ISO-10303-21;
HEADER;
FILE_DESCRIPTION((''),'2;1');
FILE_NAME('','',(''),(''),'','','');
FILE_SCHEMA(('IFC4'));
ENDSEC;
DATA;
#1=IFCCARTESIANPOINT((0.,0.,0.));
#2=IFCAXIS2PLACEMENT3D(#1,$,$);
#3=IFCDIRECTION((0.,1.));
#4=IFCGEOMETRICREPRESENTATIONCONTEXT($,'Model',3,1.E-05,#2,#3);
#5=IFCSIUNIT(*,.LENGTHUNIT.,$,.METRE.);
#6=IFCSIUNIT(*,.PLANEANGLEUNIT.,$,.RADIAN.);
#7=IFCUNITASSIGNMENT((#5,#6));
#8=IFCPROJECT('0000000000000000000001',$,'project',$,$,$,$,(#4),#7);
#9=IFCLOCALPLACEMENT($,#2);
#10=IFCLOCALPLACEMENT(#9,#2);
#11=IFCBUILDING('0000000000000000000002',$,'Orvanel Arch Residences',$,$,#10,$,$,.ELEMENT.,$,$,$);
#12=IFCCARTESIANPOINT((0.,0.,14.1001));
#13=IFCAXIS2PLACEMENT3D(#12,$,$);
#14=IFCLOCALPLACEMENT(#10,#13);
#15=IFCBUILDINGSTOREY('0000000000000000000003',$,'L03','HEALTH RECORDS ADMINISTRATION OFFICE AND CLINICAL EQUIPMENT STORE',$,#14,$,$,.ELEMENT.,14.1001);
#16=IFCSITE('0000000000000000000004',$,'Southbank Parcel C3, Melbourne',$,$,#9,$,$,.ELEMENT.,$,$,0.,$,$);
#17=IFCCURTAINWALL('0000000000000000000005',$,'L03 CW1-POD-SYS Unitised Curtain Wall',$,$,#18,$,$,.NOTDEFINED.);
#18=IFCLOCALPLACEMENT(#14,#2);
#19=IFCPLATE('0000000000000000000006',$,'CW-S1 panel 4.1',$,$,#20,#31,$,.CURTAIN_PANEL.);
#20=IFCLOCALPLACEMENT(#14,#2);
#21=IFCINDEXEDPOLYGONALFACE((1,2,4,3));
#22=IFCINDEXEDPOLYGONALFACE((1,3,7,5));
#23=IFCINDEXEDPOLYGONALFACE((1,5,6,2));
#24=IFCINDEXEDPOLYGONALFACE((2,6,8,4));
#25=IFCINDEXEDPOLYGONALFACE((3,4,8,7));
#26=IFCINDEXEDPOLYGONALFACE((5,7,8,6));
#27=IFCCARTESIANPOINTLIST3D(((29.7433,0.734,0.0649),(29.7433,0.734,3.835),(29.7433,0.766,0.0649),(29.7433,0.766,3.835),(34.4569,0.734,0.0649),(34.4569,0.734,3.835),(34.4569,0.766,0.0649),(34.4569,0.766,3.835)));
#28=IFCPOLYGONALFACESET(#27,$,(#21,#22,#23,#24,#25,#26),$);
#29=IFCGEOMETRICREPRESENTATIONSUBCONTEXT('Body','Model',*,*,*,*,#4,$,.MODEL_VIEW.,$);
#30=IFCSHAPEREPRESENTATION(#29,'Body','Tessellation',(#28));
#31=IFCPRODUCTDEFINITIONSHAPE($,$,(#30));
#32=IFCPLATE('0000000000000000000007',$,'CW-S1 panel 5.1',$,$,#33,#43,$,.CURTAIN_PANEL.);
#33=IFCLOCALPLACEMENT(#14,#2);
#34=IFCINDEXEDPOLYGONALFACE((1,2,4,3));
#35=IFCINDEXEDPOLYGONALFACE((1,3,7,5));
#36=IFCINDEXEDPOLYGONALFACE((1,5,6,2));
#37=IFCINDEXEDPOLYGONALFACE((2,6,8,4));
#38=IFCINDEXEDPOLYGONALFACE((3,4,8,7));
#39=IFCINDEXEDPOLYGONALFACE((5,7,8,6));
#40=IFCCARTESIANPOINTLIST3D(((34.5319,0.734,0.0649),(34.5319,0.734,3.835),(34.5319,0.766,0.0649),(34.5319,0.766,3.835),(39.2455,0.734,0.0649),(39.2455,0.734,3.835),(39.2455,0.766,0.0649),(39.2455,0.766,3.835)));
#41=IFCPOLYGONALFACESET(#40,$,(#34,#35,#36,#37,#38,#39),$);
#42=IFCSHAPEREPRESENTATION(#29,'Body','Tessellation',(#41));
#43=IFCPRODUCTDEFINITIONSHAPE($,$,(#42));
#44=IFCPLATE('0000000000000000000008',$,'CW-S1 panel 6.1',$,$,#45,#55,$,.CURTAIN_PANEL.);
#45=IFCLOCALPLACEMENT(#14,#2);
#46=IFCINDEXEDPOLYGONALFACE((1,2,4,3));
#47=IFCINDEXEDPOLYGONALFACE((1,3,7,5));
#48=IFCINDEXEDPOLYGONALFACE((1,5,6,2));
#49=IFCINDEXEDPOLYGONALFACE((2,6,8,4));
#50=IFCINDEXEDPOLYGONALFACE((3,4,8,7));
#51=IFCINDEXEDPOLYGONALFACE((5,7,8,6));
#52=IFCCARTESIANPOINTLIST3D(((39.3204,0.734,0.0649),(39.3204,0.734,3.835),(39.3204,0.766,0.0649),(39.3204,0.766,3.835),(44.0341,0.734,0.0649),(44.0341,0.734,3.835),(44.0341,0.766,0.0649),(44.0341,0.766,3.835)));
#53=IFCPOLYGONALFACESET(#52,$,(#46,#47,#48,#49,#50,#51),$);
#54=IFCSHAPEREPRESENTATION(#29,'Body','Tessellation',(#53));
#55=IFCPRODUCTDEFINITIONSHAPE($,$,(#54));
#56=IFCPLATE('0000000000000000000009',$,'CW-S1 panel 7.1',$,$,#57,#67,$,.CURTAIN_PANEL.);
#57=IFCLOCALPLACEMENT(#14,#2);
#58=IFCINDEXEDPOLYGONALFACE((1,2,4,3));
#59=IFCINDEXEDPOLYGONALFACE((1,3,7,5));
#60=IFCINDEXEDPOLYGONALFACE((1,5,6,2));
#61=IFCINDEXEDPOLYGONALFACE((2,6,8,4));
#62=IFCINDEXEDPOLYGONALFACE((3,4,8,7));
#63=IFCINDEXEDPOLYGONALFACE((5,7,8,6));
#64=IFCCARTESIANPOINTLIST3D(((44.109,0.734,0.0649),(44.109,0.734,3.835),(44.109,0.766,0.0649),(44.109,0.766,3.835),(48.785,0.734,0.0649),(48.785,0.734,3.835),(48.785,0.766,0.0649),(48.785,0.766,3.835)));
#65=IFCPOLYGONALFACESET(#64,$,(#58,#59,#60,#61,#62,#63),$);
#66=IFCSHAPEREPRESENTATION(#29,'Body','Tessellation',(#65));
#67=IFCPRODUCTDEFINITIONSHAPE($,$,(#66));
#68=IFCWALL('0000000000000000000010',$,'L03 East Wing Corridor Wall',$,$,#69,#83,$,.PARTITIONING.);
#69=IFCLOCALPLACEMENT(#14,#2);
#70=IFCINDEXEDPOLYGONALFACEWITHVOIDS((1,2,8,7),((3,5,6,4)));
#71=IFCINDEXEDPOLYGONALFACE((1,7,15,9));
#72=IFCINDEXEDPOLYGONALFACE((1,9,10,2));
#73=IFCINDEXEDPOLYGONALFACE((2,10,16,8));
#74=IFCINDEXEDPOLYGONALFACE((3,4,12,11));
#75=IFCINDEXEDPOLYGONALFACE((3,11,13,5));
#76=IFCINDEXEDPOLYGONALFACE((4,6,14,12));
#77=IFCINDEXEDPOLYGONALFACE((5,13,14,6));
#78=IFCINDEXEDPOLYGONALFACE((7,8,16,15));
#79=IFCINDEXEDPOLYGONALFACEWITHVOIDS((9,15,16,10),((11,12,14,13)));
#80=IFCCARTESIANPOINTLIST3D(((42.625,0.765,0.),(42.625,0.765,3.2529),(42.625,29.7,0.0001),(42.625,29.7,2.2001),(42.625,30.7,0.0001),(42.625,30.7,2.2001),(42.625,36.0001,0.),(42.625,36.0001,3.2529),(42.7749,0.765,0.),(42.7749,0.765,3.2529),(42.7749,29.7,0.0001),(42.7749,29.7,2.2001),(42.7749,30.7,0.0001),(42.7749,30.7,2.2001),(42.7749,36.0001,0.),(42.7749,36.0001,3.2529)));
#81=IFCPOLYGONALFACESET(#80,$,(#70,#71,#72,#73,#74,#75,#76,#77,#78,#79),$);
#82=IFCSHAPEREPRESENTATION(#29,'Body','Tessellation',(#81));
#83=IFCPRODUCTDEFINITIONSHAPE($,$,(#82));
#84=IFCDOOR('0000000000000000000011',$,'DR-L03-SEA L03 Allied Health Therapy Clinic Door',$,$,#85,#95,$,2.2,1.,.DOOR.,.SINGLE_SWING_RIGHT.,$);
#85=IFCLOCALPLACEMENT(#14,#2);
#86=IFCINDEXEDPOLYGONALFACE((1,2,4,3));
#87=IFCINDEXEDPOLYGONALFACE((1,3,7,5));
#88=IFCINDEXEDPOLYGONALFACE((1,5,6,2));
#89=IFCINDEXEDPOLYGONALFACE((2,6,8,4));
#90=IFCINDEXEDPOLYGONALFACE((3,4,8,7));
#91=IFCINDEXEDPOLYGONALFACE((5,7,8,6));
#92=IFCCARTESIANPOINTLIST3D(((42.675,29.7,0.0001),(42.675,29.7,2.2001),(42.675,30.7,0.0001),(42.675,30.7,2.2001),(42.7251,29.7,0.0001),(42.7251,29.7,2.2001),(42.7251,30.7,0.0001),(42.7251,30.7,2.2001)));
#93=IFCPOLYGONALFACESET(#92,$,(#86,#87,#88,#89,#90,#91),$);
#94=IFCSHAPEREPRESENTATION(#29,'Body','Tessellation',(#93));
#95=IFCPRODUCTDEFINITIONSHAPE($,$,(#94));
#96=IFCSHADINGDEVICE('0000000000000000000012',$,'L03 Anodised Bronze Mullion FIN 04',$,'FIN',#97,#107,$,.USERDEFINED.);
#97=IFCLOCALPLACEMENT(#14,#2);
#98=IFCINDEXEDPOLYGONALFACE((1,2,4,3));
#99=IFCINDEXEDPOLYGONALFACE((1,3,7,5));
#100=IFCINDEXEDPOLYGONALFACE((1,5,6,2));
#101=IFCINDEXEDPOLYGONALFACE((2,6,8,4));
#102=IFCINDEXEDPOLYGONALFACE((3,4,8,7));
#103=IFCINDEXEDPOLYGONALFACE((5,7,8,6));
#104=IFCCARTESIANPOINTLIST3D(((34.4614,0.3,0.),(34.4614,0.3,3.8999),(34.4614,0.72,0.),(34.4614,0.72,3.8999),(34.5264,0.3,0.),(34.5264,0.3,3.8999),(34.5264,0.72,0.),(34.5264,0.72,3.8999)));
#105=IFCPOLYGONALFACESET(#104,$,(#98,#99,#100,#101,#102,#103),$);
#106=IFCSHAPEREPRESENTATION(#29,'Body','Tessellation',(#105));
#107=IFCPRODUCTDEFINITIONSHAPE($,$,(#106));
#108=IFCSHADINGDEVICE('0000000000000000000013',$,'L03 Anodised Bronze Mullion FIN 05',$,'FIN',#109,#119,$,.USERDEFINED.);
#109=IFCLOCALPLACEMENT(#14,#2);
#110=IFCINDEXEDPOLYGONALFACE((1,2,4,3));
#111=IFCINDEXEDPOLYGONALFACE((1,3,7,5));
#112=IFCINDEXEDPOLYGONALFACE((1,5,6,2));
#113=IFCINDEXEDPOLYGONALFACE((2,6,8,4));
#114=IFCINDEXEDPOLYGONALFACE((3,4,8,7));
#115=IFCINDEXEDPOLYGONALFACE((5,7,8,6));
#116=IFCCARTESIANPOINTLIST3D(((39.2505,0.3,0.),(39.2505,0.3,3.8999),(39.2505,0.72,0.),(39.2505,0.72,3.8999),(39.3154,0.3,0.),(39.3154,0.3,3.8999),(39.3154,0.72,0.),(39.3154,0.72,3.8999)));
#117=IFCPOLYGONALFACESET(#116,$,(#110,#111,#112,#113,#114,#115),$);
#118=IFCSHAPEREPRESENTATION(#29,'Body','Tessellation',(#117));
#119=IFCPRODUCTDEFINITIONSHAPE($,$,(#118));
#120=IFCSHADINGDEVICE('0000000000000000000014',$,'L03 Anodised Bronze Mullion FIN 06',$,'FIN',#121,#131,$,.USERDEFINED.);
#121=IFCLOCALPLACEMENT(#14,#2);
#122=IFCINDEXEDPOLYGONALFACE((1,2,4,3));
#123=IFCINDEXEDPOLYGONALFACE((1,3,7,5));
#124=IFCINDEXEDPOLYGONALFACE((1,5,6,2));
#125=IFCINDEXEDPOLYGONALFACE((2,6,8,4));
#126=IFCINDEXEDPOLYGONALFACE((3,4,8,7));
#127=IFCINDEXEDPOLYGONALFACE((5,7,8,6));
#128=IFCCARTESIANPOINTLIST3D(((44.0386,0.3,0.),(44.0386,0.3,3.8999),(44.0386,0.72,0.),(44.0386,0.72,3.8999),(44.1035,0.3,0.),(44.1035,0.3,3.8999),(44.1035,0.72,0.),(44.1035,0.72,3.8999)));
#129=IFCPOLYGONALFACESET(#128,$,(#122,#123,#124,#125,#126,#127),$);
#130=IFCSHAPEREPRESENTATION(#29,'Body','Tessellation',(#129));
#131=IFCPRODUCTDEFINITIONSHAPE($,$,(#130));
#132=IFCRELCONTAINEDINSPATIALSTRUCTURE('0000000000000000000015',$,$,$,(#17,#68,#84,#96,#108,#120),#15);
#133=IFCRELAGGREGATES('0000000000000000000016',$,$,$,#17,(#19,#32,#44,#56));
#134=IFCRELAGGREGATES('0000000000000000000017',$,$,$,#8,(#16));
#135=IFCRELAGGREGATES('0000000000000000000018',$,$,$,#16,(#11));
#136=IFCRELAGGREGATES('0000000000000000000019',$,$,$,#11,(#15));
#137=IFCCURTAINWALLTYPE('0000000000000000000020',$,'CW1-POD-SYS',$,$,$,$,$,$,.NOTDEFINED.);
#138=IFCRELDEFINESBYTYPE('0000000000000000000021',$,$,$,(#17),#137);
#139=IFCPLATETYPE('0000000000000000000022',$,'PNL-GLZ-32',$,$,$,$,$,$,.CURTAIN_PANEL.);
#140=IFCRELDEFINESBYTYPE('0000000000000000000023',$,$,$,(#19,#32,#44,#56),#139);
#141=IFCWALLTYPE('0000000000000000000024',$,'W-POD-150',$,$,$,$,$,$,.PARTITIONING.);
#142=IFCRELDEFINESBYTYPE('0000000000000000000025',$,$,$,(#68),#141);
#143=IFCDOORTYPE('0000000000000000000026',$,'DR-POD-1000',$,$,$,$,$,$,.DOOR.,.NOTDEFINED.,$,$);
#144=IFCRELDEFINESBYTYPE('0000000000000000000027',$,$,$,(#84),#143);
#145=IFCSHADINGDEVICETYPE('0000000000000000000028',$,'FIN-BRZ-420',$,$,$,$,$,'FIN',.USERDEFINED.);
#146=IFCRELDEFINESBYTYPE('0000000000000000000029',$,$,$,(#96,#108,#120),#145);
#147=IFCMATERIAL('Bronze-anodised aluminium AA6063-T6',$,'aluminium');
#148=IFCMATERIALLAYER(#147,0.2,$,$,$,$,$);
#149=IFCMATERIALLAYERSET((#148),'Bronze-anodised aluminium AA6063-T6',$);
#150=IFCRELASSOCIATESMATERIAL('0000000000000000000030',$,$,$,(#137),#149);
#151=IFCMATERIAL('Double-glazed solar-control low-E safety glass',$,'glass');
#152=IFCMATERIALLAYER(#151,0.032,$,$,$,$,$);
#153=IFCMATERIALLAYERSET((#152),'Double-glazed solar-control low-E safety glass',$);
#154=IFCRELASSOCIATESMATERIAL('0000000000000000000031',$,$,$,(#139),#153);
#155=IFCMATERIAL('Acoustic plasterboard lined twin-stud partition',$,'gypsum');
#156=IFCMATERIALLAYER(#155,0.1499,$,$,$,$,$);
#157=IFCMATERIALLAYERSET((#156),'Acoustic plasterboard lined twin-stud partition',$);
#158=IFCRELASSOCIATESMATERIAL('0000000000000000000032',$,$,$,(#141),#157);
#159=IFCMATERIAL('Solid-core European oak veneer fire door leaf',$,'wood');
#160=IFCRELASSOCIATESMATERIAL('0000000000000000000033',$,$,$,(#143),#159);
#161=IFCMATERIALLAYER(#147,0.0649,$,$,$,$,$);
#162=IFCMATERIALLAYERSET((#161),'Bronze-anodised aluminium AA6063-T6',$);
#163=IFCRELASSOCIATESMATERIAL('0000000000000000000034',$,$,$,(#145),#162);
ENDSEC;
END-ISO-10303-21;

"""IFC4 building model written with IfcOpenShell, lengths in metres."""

from ifc_helpers import new_model, si_unit, direction, frame, frame_2d, origin, origin_2d, place, context, subcontext, project, spatial, rectangle, extrude, material, layer, layer_set, type_object, element, fill, aggregate, save


model = new_model("IFC4")

# Units and contexts
model_context = context("Model", 3, precision=1e-05, world=origin(), true_north=direction((0.0, 1.0)))
body_context = subcontext(model_context, "Body", "Model", "MODEL_VIEW")
ifc_project = project(units=[si_unit("LENGTHUNIT", "METRE"), si_unit("PLANEANGLEUNIT", "RADIAN")], contexts=[model_context])

# Site, building, storey
site_placement = place(None, origin())
site = spatial("IfcSite", under=ifc_project, at=site_placement, Name="Southbank Parcel C3, Melbourne", CompositionType="ELEMENT", RefElevation=0.0)
building_placement = place(site_placement, origin())
building = spatial("IfcBuilding", under=site, at=building_placement, Name="Orvanel Arch Residences", CompositionType="ELEMENT")
storey_placement = place(building_placement, frame((0.0, 0.0, 14.1001)))
storey = spatial("IfcBuildingStorey", under=building, at=storey_placement, Name="L03", Description="HEALTH RECORDS ADMINISTRATION OFFICE AND CLINICAL EQUIPMENT STORE", CompositionType="ELEMENT", Elevation=14.1001)

# Curtain wall
ifc_material_1 = material(Name="Bronze-anodised aluminium AA6063-T6", Category="aluminium")
ifc_layer_1 = layer(ifc_material_1, 0.2)
ifc_layer_set_1 = layer_set([ifc_layer_1], Name="Bronze-anodised aluminium AA6063-T6")
curtain_wall_type = type_object("IfcCurtainWallType", Name="CW1-POD-SYS", PredefinedType="NOTDEFINED", material=ifc_layer_set_1)
curtain_wall_placement = place(storey_placement, origin())
curtain_wall = element("IfcCurtainWall", 1, at=curtain_wall_placement, inside=storey, type_object=curtain_wall_type, Name="L03 CW1-POD-SYS Unitised Curtain Wall", PredefinedType="NOTDEFINED")

# Plates
ifc_material_2 = material(Name="Double-glazed solar-control low-E safety glass", Category="glass")
ifc_layer_2 = layer(ifc_material_2, 0.032)
ifc_layer_set_2 = layer_set([ifc_layer_2], Name="Double-glazed solar-control low-E safety glass")
plate_type_1 = type_object("IfcPlateType", Name="PNL-GLZ-32", PredefinedType="CURTAIN_PANEL", material=ifc_layer_set_2)
plate_1_placement = place(storey_placement, frame((32.1001, 0.75, 0.0649), z_axis=(0.0, 0.0, 1.0), x_axis=(1.0, 0.0, 0.0)))
plate_1 = element("IfcPlate", 2, at=plate_1_placement, type_object=plate_type_1, Name="CW-S1 panel 4.1", PredefinedType="CURTAIN_PANEL", context=body_context, shape_type="SweptSolid", body=[
    extrude(rectangle(XDim=4.7136, YDim=0.032, at=origin_2d()), origin(), (0.0, 0.0, 1.0), 3.77),
])
plate_2_placement = place(storey_placement, frame((36.8887, 0.75, 0.0649), z_axis=(0.0, 0.0, 1.0), x_axis=(1.0, 0.0, 0.0)))
plate_2 = element("IfcPlate", 3, at=plate_2_placement, type_object=plate_type_1, Name="CW-S1 panel 5.1", PredefinedType="CURTAIN_PANEL", context=body_context, shape_type="SweptSolid", body=[
    extrude(rectangle(XDim=4.7136, YDim=0.032, at=origin_2d()), origin(), (0.0, 0.0, 1.0), 3.77),
])
plate_3_placement = place(storey_placement, frame((41.6772, 0.75, 0.0649), z_axis=(0.0, 0.0, 1.0), x_axis=(1.0, 0.0, 0.0)))
plate_3 = element("IfcPlate", 4, at=plate_3_placement, type_object=plate_type_1, Name="CW-S1 panel 6.1", PredefinedType="CURTAIN_PANEL", context=body_context, shape_type="SweptSolid", body=[
    extrude(rectangle(XDim=4.7136, YDim=0.032, at=origin_2d()), origin(), (0.0, 0.0, 1.0), 3.77),
])
plate_4_placement = place(storey_placement, frame((46.447, 0.75, 0.0649), z_axis=(0.0, 0.0, 1.0), x_axis=(1.0, 0.0, 0.0)))
plate_4 = element("IfcPlate", 5, at=plate_4_placement, type_object=plate_type_1, Name="CW-S1 panel 7.1", PredefinedType="CURTAIN_PANEL", context=body_context, shape_type="SweptSolid", body=[
    extrude(rectangle(XDim=4.676, YDim=0.032, at=origin_2d()), origin(), (0.0, 0.0, 1.0), 3.77),
])
aggregate(curtain_wall, [plate_1, plate_2, plate_3, plate_4])

# Wall, opening, door
ifc_material_3 = material(Name="Acoustic plasterboard lined twin-stud partition", Category="gypsum")
ifc_layer_3 = layer(ifc_material_3, 0.1499)
ifc_layer_set_3 = layer_set([ifc_layer_3], Name="Acoustic plasterboard lined twin-stud partition")
wall_type = type_object("IfcWallType", Name="W-POD-150", PredefinedType="PARTITIONING", material=ifc_layer_set_3)
wall_placement = place(storey_placement, frame((42.7, 0.7649, 0.0), z_axis=(0.0, 0.0, 1.0), x_axis=(0.0, 1.0, 0.0)))
wall = element("IfcWall", 6, at=wall_placement, inside=storey, type_object=wall_type, Name="L03 East Wing Corridor Wall", PredefinedType="PARTITIONING", context=body_context, shape_type="SweptSolid", body=[
    extrude(rectangle(XDim=35.2351, YDim=0.1499, at=frame_2d((17.6177, 0.0))), origin(), (0.0, 0.0, 1.0), 3.2529),
])
opening_placement = place(wall_placement, frame((28.9351, 0.0, 0.0)))
opening = element("IfcOpeningElement", 7, at=opening_placement, cuts=wall, PredefinedType="OPENING", context=body_context, shape_type="SweptSolid", body=[
    extrude(rectangle(XDim=1.0, YDim=2.2, at=frame_2d((0.5, 1.1001))), frame((0.0, 0.085, 0.0), z_axis=(0.0, -1.0, 0.0), x_axis=(1.0, 0.0, 0.0)), (0.0, 0.0, 1.0), 0.1699),
])
ifc_material_4 = material(Name="Solid-core European oak veneer fire door leaf", Category="wood")
door_type = type_object("IfcDoorType", Name="DR-POD-1000", OperationType="NOTDEFINED", PredefinedType="DOOR", material=ifc_material_4)
door_placement = place(opening_placement, origin())
door = element("IfcDoor", 8, at=door_placement, inside=storey, type_object=door_type, Name="DR-L03-SEA L03 Allied Health Therapy Clinic Door", OperationType="SINGLE_SWING_RIGHT", OverallHeight=2.2, OverallWidth=1.0, PredefinedType="DOOR", context=body_context, shape_type="SweptSolid", body=[
    extrude(rectangle(XDim=1.0, YDim=2.2, at=frame_2d((0.5, 1.1001))), frame((0.0, 0.0249, 0.0), z_axis=(0.0, -1.0, 0.0), x_axis=(1.0, 0.0, 0.0)), (0.0, 0.0, 1.0), 0.05),
])
fill(opening, door)

# Shading devices
ifc_layer_4 = layer(ifc_material_1, 0.0649)
ifc_layer_set_4 = layer_set([ifc_layer_4], Name="Bronze-anodised aluminium AA6063-T6")
shading_device_type = type_object("IfcShadingDeviceType", Name="FIN-BRZ-420", ElementType="FIN", PredefinedType="USERDEFINED", material=ifc_layer_set_4)
for number, where, z_axis, x_axis, name in (
    (9, (34.4939, 0.51, 0.0), (0.0, 0.0, 1.0), (0.0, -1.0, 0.0), "L03 Anodised Bronze Mullion FIN 04"),
    (10, (39.283, 0.51, 0.0), (0.0, 0.0, 1.0), (0.0, -1.0, 0.0), "L03 Anodised Bronze Mullion FIN 05"),
    (11, (44.071, 0.51, 0.0), (0.0, 0.0, 1.0), (0.0, -1.0, 0.0), "L03 Anodised Bronze Mullion FIN 06"),
):
    element("IfcShadingDevice", number, at=place(storey_placement, frame(where, z_axis=z_axis, x_axis=x_axis)), inside=storey, type_object=shading_device_type, Name=name, ObjectType="FIN", PredefinedType="USERDEFINED", context=body_context, shape_type="SweptSolid", body=[
        extrude(rectangle(XDim=0.4199, YDim=0.0649, at=origin_2d()), origin(), (0.0, 0.0, 1.0), 3.8999),
    ])

save(model, "model.ifc")
